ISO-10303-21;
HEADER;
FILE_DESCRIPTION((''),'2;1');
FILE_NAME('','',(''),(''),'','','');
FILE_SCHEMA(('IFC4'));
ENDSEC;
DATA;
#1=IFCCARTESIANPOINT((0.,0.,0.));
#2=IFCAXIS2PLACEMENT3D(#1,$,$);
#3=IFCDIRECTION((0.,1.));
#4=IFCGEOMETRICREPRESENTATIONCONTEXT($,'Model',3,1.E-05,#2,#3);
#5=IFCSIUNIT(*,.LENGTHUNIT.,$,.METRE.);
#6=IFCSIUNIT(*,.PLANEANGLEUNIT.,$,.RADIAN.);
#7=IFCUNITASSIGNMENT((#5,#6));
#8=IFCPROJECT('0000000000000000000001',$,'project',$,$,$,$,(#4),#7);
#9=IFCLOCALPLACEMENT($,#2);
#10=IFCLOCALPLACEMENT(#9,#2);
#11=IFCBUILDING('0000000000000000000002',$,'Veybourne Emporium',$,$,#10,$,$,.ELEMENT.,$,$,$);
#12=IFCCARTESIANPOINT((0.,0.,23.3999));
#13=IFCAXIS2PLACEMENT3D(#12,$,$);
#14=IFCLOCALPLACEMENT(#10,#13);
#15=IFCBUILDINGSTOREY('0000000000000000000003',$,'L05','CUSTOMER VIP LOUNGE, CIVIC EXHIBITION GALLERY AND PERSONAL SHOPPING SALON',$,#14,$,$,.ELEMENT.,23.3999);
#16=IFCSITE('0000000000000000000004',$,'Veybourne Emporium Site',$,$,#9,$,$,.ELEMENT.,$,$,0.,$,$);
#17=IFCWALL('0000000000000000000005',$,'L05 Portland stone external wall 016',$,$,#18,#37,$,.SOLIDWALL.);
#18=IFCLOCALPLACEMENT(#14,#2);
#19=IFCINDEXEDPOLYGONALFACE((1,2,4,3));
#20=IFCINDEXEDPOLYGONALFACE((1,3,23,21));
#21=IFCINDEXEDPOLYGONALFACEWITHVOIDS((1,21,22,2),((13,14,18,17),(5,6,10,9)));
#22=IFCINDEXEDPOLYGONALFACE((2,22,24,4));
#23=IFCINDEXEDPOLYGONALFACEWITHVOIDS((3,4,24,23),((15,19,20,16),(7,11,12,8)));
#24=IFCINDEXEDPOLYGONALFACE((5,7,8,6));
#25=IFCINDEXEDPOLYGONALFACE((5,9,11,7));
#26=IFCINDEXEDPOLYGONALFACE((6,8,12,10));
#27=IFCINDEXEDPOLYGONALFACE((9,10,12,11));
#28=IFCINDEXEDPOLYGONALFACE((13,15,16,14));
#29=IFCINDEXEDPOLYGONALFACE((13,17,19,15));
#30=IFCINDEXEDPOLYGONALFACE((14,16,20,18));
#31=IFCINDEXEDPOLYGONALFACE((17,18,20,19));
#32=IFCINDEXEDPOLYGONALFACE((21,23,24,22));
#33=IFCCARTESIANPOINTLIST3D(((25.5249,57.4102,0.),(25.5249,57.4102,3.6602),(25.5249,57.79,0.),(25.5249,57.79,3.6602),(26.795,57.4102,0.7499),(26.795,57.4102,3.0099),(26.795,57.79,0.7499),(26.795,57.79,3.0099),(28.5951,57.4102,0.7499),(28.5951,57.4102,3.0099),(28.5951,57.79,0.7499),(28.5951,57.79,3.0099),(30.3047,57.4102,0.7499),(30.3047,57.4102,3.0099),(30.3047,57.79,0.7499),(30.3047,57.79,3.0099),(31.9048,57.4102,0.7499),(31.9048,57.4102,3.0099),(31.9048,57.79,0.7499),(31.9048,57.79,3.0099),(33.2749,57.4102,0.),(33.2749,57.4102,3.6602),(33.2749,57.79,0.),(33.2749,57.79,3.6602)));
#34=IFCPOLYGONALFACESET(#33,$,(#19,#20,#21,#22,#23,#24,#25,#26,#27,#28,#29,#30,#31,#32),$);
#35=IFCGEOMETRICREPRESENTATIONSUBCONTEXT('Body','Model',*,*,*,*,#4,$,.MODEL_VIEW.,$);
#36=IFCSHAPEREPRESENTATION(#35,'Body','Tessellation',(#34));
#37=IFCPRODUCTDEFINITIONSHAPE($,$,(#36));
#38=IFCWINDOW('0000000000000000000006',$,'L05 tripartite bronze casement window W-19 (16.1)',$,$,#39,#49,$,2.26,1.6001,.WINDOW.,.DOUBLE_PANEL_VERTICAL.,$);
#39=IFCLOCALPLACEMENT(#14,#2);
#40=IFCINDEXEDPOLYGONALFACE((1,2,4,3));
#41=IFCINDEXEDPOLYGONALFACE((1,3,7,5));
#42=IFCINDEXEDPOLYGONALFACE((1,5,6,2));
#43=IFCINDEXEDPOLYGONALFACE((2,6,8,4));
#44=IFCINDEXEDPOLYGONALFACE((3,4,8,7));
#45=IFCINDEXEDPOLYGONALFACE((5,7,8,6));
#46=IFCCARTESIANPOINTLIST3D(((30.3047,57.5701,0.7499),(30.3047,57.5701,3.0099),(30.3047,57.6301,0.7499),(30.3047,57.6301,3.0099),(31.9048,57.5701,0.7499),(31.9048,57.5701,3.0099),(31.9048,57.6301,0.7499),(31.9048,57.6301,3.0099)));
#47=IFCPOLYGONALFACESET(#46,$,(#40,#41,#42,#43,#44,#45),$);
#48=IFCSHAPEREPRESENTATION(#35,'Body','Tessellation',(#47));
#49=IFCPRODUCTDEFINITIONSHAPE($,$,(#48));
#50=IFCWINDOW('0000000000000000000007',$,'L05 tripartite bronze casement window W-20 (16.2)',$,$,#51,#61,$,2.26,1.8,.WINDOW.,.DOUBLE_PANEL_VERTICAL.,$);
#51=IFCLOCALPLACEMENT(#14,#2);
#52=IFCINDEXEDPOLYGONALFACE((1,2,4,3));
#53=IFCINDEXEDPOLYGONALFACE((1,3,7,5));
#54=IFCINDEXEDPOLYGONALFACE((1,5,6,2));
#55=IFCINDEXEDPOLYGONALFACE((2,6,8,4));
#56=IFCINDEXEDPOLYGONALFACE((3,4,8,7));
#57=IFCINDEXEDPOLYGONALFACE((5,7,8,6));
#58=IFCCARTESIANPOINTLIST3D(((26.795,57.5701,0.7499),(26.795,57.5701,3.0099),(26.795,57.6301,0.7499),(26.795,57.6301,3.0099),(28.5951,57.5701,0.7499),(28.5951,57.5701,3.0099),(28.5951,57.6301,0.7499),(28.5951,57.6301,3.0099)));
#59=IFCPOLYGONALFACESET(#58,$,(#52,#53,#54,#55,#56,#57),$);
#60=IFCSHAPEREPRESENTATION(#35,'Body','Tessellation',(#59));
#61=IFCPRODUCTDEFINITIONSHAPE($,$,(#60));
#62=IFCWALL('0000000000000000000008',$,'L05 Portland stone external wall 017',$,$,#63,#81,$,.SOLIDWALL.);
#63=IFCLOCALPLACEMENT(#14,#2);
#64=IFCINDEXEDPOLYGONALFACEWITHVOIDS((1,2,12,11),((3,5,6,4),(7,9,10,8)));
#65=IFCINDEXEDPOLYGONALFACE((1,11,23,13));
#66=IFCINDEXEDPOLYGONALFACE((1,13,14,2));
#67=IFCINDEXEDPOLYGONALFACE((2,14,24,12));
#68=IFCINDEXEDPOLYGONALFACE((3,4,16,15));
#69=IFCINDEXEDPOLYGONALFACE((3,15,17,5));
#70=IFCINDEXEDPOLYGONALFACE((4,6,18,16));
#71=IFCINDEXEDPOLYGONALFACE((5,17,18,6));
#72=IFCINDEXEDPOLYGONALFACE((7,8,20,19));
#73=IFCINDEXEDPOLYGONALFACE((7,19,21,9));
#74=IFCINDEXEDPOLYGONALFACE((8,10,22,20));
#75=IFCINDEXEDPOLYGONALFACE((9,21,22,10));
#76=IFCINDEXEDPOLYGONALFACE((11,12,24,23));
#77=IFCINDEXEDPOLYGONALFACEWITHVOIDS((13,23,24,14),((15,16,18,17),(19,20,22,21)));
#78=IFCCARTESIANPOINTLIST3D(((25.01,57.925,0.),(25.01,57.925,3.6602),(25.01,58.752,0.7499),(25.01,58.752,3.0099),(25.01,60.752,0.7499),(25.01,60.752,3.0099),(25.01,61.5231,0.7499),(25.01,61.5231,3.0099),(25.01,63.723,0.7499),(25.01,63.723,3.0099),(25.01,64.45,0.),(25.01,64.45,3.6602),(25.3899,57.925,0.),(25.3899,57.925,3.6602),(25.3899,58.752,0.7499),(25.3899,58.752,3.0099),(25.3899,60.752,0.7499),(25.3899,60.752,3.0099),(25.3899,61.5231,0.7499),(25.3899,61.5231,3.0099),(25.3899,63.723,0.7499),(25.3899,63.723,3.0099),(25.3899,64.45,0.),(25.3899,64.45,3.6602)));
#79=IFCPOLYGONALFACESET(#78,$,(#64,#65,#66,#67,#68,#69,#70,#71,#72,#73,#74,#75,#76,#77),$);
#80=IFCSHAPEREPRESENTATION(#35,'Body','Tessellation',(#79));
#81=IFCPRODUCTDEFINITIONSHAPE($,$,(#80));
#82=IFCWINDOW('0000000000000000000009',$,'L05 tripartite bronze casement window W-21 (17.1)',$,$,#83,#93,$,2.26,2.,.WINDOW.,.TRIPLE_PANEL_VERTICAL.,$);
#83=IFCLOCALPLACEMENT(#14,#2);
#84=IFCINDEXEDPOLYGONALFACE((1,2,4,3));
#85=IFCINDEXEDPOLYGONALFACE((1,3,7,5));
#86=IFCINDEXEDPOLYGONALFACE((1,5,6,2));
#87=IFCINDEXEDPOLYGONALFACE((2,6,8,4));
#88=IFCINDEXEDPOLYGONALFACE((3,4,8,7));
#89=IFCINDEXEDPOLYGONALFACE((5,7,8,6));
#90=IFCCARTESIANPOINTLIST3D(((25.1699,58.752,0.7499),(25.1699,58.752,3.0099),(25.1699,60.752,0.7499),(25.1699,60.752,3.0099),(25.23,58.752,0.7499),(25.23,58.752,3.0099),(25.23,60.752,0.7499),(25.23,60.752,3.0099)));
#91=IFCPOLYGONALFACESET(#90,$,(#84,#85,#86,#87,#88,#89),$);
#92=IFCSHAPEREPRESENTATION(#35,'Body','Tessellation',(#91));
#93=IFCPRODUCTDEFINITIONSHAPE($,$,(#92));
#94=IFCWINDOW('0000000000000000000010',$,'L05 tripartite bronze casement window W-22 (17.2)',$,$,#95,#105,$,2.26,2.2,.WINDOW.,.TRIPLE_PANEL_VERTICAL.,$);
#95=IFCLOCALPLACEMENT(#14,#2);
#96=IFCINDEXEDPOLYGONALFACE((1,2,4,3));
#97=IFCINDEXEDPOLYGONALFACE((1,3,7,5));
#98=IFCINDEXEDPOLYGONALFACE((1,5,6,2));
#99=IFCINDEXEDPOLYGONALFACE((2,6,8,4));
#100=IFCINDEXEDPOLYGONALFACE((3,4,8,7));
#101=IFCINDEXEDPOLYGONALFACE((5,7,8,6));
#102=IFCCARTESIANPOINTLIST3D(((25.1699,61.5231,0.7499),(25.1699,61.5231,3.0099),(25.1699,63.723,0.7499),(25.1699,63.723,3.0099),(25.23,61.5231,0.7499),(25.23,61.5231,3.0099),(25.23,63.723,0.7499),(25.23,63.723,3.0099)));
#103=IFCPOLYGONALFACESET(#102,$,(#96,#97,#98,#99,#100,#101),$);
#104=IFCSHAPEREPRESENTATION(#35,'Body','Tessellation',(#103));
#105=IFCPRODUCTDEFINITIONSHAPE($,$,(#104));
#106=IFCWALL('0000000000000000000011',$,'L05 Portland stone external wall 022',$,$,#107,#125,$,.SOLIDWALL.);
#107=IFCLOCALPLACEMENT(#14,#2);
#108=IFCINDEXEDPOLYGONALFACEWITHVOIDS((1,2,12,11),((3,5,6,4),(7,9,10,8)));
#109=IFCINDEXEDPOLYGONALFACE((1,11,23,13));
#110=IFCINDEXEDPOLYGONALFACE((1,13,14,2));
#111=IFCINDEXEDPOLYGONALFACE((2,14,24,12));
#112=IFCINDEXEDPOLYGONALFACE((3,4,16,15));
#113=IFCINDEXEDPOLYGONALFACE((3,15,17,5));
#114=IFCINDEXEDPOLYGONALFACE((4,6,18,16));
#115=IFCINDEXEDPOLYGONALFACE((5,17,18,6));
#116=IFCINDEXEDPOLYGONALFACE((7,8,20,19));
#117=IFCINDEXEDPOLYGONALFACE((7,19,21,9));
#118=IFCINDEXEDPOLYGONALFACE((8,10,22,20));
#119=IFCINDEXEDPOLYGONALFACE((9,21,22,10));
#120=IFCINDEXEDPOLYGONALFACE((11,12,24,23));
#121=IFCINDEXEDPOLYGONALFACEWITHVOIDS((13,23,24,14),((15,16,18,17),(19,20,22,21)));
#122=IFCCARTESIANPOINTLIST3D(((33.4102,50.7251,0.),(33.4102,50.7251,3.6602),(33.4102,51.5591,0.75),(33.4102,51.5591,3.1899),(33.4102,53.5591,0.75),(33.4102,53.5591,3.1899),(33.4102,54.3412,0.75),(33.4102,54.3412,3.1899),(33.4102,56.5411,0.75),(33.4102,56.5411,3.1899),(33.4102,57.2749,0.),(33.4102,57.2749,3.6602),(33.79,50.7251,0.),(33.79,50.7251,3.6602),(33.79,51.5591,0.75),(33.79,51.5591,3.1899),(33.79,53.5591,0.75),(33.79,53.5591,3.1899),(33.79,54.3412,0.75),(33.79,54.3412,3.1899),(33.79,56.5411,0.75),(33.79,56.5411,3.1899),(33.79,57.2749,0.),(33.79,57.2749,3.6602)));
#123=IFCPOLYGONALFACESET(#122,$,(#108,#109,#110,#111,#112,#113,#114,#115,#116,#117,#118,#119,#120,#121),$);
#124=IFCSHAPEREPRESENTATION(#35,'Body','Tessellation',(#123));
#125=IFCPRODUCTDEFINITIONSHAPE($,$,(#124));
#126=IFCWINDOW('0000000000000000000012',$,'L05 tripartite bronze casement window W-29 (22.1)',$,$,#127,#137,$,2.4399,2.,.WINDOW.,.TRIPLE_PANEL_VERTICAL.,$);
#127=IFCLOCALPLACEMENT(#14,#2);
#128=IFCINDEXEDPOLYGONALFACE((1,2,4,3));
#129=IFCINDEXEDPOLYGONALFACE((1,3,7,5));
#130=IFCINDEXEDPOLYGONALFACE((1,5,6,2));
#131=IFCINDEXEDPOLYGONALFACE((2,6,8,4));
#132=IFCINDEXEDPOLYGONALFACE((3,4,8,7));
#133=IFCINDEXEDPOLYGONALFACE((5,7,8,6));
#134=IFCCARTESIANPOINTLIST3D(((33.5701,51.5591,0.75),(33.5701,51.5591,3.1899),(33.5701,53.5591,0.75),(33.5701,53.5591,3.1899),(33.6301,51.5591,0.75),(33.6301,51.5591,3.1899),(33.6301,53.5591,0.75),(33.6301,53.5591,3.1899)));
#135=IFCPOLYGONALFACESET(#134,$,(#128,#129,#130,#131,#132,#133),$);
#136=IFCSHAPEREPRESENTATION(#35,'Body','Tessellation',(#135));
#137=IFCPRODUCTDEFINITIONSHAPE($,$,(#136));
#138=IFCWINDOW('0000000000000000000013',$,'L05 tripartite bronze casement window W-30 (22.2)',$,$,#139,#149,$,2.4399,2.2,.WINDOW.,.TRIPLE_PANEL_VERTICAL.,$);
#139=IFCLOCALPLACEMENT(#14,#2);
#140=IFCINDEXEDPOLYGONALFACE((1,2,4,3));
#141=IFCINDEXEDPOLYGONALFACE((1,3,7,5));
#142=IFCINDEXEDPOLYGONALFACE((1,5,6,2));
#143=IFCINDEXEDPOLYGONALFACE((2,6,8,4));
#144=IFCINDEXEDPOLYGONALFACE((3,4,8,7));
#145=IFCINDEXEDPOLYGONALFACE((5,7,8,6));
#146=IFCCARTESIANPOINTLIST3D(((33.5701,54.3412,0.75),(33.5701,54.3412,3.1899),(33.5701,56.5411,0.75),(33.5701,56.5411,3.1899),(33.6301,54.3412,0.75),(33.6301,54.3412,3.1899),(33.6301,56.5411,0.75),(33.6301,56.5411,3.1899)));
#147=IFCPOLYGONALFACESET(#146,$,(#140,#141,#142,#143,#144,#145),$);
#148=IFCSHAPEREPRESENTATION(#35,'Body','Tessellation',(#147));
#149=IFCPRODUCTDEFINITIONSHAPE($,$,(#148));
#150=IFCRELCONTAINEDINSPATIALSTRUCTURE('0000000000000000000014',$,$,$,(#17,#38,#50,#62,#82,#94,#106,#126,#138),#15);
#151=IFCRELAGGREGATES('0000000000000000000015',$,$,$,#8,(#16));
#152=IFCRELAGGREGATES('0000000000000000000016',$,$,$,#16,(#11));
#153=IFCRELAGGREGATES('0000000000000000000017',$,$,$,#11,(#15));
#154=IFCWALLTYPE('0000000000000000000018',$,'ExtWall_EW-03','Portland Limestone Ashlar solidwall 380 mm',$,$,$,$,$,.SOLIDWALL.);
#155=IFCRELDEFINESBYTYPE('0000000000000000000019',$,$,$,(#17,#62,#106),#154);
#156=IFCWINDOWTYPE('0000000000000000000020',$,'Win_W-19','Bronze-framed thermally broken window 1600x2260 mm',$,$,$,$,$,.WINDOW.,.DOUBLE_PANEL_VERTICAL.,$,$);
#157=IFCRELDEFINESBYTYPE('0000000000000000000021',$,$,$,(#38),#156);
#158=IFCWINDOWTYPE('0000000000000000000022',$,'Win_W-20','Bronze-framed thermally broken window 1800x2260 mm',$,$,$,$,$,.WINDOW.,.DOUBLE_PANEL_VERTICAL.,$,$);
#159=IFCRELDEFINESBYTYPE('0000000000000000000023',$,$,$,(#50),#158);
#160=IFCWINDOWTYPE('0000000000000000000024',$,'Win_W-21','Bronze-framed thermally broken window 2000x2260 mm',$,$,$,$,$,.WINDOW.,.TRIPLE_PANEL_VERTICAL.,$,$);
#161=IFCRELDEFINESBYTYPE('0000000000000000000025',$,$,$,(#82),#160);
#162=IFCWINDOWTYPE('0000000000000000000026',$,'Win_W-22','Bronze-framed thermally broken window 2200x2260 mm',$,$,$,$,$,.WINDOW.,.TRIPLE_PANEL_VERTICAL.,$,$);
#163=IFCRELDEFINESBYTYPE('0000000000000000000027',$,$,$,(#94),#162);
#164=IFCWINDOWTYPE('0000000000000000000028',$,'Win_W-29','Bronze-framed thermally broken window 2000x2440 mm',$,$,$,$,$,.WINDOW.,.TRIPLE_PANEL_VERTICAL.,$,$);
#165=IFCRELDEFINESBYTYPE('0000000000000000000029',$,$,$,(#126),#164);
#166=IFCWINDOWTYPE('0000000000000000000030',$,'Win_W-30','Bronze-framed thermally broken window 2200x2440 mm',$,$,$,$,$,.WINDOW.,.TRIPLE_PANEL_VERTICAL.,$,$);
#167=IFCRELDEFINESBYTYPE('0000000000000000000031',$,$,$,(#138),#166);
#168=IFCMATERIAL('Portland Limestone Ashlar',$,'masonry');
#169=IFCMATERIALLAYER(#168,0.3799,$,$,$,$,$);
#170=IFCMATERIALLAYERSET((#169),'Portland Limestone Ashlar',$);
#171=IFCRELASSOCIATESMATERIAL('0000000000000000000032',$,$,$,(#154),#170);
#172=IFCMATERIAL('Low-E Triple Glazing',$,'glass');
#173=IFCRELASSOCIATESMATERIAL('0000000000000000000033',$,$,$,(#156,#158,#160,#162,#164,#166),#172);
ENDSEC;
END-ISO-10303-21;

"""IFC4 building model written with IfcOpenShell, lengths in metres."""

from ifc_helpers import new_model, si_unit, direction, frame, frame_2d, origin, place, context, subcontext, project, spatial, rectangle, extrude, material, layer, layer_set, type_object, element, fill, save


model = new_model("IFC4")

# Units and contexts
model_context = context("Model", 3, precision=1e-05, world=origin(), true_north=direction((0.0, 1.0)))
body_context = subcontext(model_context, "Body", "Model", "MODEL_VIEW")
ifc_project = project(units=[si_unit("LENGTHUNIT", "METRE"), si_unit("PLANEANGLEUNIT", "RADIAN")], contexts=[model_context])

# Site, building, storey
site_placement = place(None, origin())
site = spatial("IfcSite", under=ifc_project, at=site_placement, Name="Veybourne Emporium Site", CompositionType="ELEMENT", RefElevation=0.0)
building_placement = place(site_placement, origin())
building = spatial("IfcBuilding", under=site, at=building_placement, Name="Veybourne Emporium", CompositionType="ELEMENT")
storey_placement = place(building_placement, frame((0.0, 0.0, 23.3999)))
storey = spatial("IfcBuildingStorey", under=building, at=storey_placement, Name="L05", Description="CUSTOMER VIP LOUNGE, CIVIC EXHIBITION GALLERY AND PERSONAL SHOPPING SALON", CompositionType="ELEMENT", Elevation=23.3999)

# Walls, openings, windows
ifc_material_1 = material(Name="Portland Limestone Ashlar", Category="masonry")
ifc_layer_1 = layer(ifc_material_1, 0.3799)
ifc_layer_set_1 = layer_set([ifc_layer_1], Name="Portland Limestone Ashlar")
wall_type = type_object("IfcWallType", Name="ExtWall_EW-03", Description="Portland Limestone Ashlar solidwall 380 mm", PredefinedType="SOLIDWALL", material=ifc_layer_set_1)
ifc_material_2 = material(Name="Low-E Triple Glazing", Category="glass")
wall_1_placement = place(storey_placement, frame((33.2749, 57.6001, 0.0), z_axis=(0.0, 0.0, 1.0), x_axis=(-1.0, 0.0, 0.0)))
wall_1 = element("IfcWall", 1, at=wall_1_placement, inside=storey, type_object=wall_type, Name="L05 Portland stone external wall 016", PredefinedType="SOLIDWALL", context=body_context, shape_type="SweptSolid", body=[
    extrude(rectangle(XDim=7.75, YDim=0.3799, at=frame_2d((3.875, 0.0))), origin(), (0.0, 0.0, 1.0), 3.6602),
])
opening_1_placement = place(wall_1_placement, frame((1.3701, 0.0, 0.75)))
opening_1 = element("IfcOpeningElement", 2, at=opening_1_placement, cuts=wall_1, PredefinedType="OPENING", context=body_context, shape_type="SweptSolid", body=[
    extrude(rectangle(XDim=1.6001, YDim=2.26, at=frame_2d((0.8, 1.1299))), frame((0.0, 0.21, 0.0), z_axis=(0.0, -1.0, 0.0), x_axis=(1.0, 0.0, 0.0)), (0.0, 0.0, 1.0), 0.4199),
])
opening_2_placement = place(wall_1_placement, frame((4.6799, 0.0, 0.75)))
opening_2 = element("IfcOpeningElement", 3, at=opening_2_placement, cuts=wall_1, PredefinedType="OPENING", context=body_context, shape_type="SweptSolid", body=[
    extrude(rectangle(XDim=1.8, YDim=2.26, at=frame_2d((0.8999, 1.1299))), frame((0.0, 0.21, 0.0), z_axis=(0.0, -1.0, 0.0), x_axis=(1.0, 0.0, 0.0)), (0.0, 0.0, 1.0), 0.4199),
])
window_type_1 = type_object("IfcWindowType", Name="Win_W-19", Description="Bronze-framed thermally broken window 1600x2260 mm", PartitioningType="DOUBLE_PANEL_VERTICAL", PredefinedType="WINDOW", material=ifc_material_2)
window_1_placement = place(opening_1_placement, origin())
window_1 = element("IfcWindow", 4, at=window_1_placement, inside=storey, type_object=window_type_1, Name="L05 tripartite bronze casement window W-19 (16.1)", OverallHeight=2.26, OverallWidth=1.6001, PartitioningType="DOUBLE_PANEL_VERTICAL", PredefinedType="WINDOW", context=body_context, shape_type="SweptSolid", body=[
    extrude(rectangle(XDim=1.6001, YDim=2.26, at=frame_2d((0.8, 1.1299))), frame((0.0, 0.03, 0.0), z_axis=(0.0, -1.0, 0.0), x_axis=(1.0, 0.0, 0.0)), (0.0, 0.0, 1.0), 0.0601),
])
fill(opening_1, window_1)
window_type_2 = type_object("IfcWindowType", Name="Win_W-20", Description="Bronze-framed thermally broken window 1800x2260 mm", PartitioningType="DOUBLE_PANEL_VERTICAL", PredefinedType="WINDOW", material=ifc_material_2)
window_2_placement = place(opening_2_placement, origin())
window_2 = element("IfcWindow", 5, at=window_2_placement, inside=storey, type_object=window_type_2, Name="L05 tripartite bronze casement window W-20 (16.2)", OverallHeight=2.26, OverallWidth=1.8, PartitioningType="DOUBLE_PANEL_VERTICAL", PredefinedType="WINDOW", context=body_context, shape_type="SweptSolid", body=[
    extrude(rectangle(XDim=1.8, YDim=2.26, at=frame_2d((0.8999, 1.1299))), frame((0.0, 0.03, 0.0), z_axis=(0.0, -1.0, 0.0), x_axis=(1.0, 0.0, 0.0)), (0.0, 0.0, 1.0), 0.0601),
])
fill(opening_2, window_2)
wall_2_placement = place(storey_placement, frame((25.2, 57.925, 0.0), z_axis=(0.0, 0.0, 1.0), x_axis=(0.0, 1.0, 0.0)))
wall_2 = element("IfcWall", 6, at=wall_2_placement, inside=storey, type_object=wall_type, Name="L05 Portland stone external wall 017", PredefinedType="SOLIDWALL", context=body_context, shape_type="SweptSolid", body=[
    extrude(rectangle(XDim=6.5249, YDim=0.3799, at=frame_2d((3.2625, 0.0))), origin(), (0.0, 0.0, 1.0), 3.6602),
])
opening_3_placement = place(wall_2_placement, frame((0.8269, 0.0, 0.75)))
opening_3 = element("IfcOpeningElement", 7, at=opening_3_placement, cuts=wall_2, PredefinedType="OPENING", context=body_context, shape_type="SweptSolid", body=[
    extrude(rectangle(XDim=2.0, YDim=2.26, at=frame_2d((1.0, 1.1299))), frame((0.0, 0.21, 0.0), z_axis=(0.0, -1.0, 0.0), x_axis=(1.0, 0.0, 0.0)), (0.0, 0.0, 1.0), 0.4199),
])
opening_4_placement = place(wall_2_placement, frame((3.5979, 0.0, 0.75)))
opening_4 = element("IfcOpeningElement", 8, at=opening_4_placement, cuts=wall_2, PredefinedType="OPENING", context=body_context, shape_type="SweptSolid", body=[
    extrude(rectangle(XDim=2.2, YDim=2.26, at=frame_2d((1.1001, 1.1299))), frame((0.0, 0.21, 0.0), z_axis=(0.0, -1.0, 0.0), x_axis=(1.0, 0.0, 0.0)), (0.0, 0.0, 1.0), 0.4199),
])
window_type_3 = type_object("IfcWindowType", Name="Win_W-21", Description="Bronze-framed thermally broken window 2000x2260 mm", PartitioningType="TRIPLE_PANEL_VERTICAL", PredefinedType="WINDOW", material=ifc_material_2)
window_3_placement = place(opening_3_placement, origin())
window_3 = element("IfcWindow", 9, at=window_3_placement, inside=storey, type_object=window_type_3, Name="L05 tripartite bronze casement window W-21 (17.1)", OverallHeight=2.26, OverallWidth=2.0, PartitioningType="TRIPLE_PANEL_VERTICAL", PredefinedType="WINDOW", context=body_context, shape_type="SweptSolid", body=[
    extrude(rectangle(XDim=2.0, YDim=2.26, at=frame_2d((1.0, 1.1299))), frame((0.0, 0.03, 0.0), z_axis=(0.0, -1.0, 0.0), x_axis=(1.0, 0.0, 0.0)), (0.0, 0.0, 1.0), 0.0601),
])
fill(opening_3, window_3)
window_type_4 = type_object("IfcWindowType", Name="Win_W-22", Description="Bronze-framed thermally broken window 2200x2260 mm", PartitioningType="TRIPLE_PANEL_VERTICAL", PredefinedType="WINDOW", material=ifc_material_2)
window_4_placement = place(opening_4_placement, origin())
window_4 = element("IfcWindow", 10, at=window_4_placement, inside=storey, type_object=window_type_4, Name="L05 tripartite bronze casement window W-22 (17.2)", OverallHeight=2.26, OverallWidth=2.2, PartitioningType="TRIPLE_PANEL_VERTICAL", PredefinedType="WINDOW", context=body_context, shape_type="SweptSolid", body=[
    extrude(rectangle(XDim=2.2, YDim=2.26, at=frame_2d((1.1001, 1.1299))), frame((0.0, 0.03, 0.0), z_axis=(0.0, -1.0, 0.0), x_axis=(1.0, 0.0, 0.0)), (0.0, 0.0, 1.0), 0.0601),
])
fill(opening_4, window_4)
wall_3_placement = place(storey_placement, frame((33.6001, 50.7251, 0.0), z_axis=(0.0, 0.0, 1.0), x_axis=(0.0, 1.0, 0.0)))
wall_3 = element("IfcWall", 11, at=wall_3_placement, inside=storey, type_object=wall_type, Name="L05 Portland stone external wall 022", PredefinedType="SOLIDWALL", context=body_context, shape_type="SweptSolid", body=[
    extrude(rectangle(XDim=6.5498, YDim=0.3799, at=frame_2d((3.2749, 0.0))), origin(), (0.0, 0.0, 1.0), 3.6602),
])
opening_5_placement = place(wall_3_placement, frame((0.834, 0.0, 0.75)))
opening_5 = element("IfcOpeningElement", 12, at=opening_5_placement, cuts=wall_3, PredefinedType="OPENING", context=body_context, shape_type="SweptSolid", body=[
    extrude(rectangle(XDim=2.0, YDim=2.4399, at=frame_2d((1.0, 1.22))), frame((0.0, 0.21, 0.0), z_axis=(0.0, -1.0, 0.0), x_axis=(1.0, 0.0, 0.0)), (0.0, 0.0, 1.0), 0.4199),
])
opening_6_placement = place(wall_3_placement, frame((3.616, 0.0, 0.75)))
opening_6 = element("IfcOpeningElement", 13, at=opening_6_placement, cuts=wall_3, PredefinedType="OPENING", context=body_context, shape_type="SweptSolid", body=[
    extrude(rectangle(XDim=2.2, YDim=2.4399, at=frame_2d((1.1001, 1.22))), frame((0.0, 0.21, 0.0), z_axis=(0.0, -1.0, 0.0), x_axis=(1.0, 0.0, 0.0)), (0.0, 0.0, 1.0), 0.4199),
])
window_type_5 = type_object("IfcWindowType", Name="Win_W-29", Description="Bronze-framed thermally broken window 2000x2440 mm", PartitioningType="TRIPLE_PANEL_VERTICAL", PredefinedType="WINDOW", material=ifc_material_2)
window_5_placement = place(opening_5_placement, origin())
window_5 = element("IfcWindow", 14, at=window_5_placement, inside=storey, type_object=window_type_5, Name="L05 tripartite bronze casement window W-29 (22.1)", OverallHeight=2.4399, OverallWidth=2.0, PartitioningType="TRIPLE_PANEL_VERTICAL", PredefinedType="WINDOW", context=body_context, shape_type="SweptSolid", body=[
    extrude(rectangle(XDim=2.0, YDim=2.4399, at=frame_2d((1.0, 1.22))), frame((0.0, 0.03, 0.0), z_axis=(0.0, -1.0, 0.0), x_axis=(1.0, 0.0, 0.0)), (0.0, 0.0, 1.0), 0.0601),
])
fill(opening_5, window_5)
window_type_6 = type_object("IfcWindowType", Name="Win_W-30", Description="Bronze-framed thermally broken window 2200x2440 mm", PartitioningType="TRIPLE_PANEL_VERTICAL", PredefinedType="WINDOW", material=ifc_material_2)
window_6_placement = place(opening_6_placement, origin())
window_6 = element("IfcWindow", 15, at=window_6_placement, inside=storey, type_object=window_type_6, Name="L05 tripartite bronze casement window W-30 (22.2)", OverallHeight=2.4399, OverallWidth=2.2, PartitioningType="TRIPLE_PANEL_VERTICAL", PredefinedType="WINDOW", context=body_context, shape_type="SweptSolid", body=[
    extrude(rectangle(XDim=2.2, YDim=2.4399, at=frame_2d((1.1001, 1.22))), frame((0.0, 0.03, 0.0), z_axis=(0.0, -1.0, 0.0), x_axis=(1.0, 0.0, 0.0)), (0.0, 0.0, 1.0), 0.0601),
])
fill(opening_6, window_6)

save(model, "model.ifc")
